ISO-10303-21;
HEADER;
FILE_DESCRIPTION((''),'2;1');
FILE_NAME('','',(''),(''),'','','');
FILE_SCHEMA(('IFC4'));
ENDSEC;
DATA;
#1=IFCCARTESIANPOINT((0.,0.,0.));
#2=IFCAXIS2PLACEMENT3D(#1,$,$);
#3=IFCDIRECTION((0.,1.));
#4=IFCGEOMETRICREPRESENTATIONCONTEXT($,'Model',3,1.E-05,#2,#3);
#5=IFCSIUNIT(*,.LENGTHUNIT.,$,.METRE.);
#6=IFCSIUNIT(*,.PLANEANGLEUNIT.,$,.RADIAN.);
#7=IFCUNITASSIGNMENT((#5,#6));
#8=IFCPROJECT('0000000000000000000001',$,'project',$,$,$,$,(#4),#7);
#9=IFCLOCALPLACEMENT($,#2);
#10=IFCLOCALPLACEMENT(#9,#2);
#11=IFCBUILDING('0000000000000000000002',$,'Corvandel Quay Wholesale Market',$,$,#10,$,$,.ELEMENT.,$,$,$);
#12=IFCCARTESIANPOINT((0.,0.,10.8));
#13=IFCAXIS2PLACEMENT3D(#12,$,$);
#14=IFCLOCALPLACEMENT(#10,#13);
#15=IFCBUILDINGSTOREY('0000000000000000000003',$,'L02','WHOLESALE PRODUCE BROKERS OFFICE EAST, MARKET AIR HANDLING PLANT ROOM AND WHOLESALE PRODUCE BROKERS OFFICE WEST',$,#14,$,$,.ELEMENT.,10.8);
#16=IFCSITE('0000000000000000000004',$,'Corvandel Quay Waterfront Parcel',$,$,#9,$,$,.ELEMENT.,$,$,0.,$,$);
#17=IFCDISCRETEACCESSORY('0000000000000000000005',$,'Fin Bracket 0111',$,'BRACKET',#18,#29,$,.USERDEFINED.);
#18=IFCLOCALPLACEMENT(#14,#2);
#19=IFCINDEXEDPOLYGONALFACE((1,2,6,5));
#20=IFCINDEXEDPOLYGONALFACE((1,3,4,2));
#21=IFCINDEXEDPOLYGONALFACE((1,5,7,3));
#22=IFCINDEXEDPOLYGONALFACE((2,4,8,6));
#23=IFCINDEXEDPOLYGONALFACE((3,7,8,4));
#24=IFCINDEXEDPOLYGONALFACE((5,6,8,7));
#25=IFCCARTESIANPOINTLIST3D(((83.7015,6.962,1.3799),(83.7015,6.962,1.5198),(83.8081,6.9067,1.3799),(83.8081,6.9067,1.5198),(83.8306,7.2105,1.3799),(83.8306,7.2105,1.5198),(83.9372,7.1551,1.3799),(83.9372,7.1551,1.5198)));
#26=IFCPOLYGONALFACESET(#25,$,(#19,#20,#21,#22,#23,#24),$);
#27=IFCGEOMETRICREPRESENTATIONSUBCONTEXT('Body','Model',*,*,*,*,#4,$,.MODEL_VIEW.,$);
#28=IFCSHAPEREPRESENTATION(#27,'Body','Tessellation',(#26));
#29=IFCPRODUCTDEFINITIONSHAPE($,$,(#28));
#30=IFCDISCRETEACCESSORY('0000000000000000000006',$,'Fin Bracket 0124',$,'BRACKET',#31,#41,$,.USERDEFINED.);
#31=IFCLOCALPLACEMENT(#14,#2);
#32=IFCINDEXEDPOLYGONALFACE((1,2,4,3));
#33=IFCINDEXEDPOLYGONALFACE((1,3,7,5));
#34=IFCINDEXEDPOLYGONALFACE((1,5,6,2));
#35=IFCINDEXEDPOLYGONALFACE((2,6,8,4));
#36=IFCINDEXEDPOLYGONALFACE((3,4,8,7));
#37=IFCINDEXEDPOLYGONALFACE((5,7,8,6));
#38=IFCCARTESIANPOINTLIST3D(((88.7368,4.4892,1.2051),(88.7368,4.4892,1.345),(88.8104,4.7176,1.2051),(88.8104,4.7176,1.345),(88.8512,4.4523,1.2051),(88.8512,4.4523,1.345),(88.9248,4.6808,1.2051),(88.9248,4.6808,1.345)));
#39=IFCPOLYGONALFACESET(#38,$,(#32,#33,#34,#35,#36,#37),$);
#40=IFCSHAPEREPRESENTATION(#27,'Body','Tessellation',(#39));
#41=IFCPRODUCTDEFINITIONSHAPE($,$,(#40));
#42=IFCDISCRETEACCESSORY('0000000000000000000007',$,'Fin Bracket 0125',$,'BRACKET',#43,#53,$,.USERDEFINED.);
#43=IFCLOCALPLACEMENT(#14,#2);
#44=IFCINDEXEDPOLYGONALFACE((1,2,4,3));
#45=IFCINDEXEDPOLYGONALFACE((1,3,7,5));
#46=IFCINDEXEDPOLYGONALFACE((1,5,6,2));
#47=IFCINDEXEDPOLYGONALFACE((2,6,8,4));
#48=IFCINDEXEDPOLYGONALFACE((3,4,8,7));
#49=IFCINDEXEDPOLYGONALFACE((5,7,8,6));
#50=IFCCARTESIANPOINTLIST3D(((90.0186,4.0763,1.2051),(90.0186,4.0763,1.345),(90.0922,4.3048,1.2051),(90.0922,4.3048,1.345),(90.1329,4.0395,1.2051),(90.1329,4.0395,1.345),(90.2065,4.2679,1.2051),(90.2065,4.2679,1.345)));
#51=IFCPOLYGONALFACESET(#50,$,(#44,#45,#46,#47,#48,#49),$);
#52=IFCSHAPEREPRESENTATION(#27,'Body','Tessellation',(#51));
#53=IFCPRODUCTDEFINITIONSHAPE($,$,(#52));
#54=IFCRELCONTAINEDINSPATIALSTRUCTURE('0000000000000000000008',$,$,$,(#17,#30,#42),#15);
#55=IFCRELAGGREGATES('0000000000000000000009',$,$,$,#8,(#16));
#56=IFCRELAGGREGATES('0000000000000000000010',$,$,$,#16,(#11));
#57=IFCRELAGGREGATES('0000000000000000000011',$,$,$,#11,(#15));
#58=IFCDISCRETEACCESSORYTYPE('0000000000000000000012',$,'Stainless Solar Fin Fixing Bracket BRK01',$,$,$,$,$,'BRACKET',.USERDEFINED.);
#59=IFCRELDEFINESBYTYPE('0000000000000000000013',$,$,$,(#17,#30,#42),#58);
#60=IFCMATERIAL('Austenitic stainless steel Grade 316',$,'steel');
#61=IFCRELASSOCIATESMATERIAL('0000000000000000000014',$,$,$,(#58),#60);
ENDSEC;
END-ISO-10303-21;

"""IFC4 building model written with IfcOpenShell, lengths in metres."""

from ifc_helpers import new_model, si_unit, direction, frame, origin, origin_2d, place, context, subcontext, project, spatial, rectangle, extrude, material, type_object, element, save


model = new_model("IFC4")

# Units and contexts
model_context = context("Model", 3, precision=1e-05, world=origin(), true_north=direction((0.0, 1.0)))
body_context = subcontext(model_context, "Body", "Model", "MODEL_VIEW")
ifc_project = project(units=[si_unit("LENGTHUNIT", "METRE"), si_unit("PLANEANGLEUNIT", "RADIAN")], contexts=[model_context])

# Site, building, storey
site_placement = place(None, origin())
site = spatial("IfcSite", under=ifc_project, at=site_placement, Name="Corvandel Quay Waterfront Parcel", CompositionType="ELEMENT", RefElevation=0.0)
building_placement = place(site_placement, origin())
building = spatial("IfcBuilding", under=site, at=building_placement, Name="Corvandel Quay Wholesale Market", CompositionType="ELEMENT")
storey_placement = place(building_placement, frame((0.0, 0.0, 10.8)))
storey = spatial("IfcBuildingStorey", under=building, at=storey_placement, Name="L02", Description="WHOLESALE PRODUCE BROKERS OFFICE EAST, MARKET AIR HANDLING PLANT ROOM AND WHOLESALE PRODUCE BROKERS OFFICE WEST", CompositionType="ELEMENT", Elevation=10.8)

# Discrete accessories
ifc_material_1 = material(Name="Austenitic stainless steel Grade 316", Category="steel")
discrete_accessory_type = type_object("IfcDiscreteAccessoryType", Name="Stainless Solar Fin Fixing Bracket BRK01", ElementType="BRACKET", PredefinedType="USERDEFINED", material=ifc_material_1)
for number, where, z_axis, x_axis, name in (
    (1, (83.8193, 7.0586, 1.3799), (0.0, 0.0, 1.0), (0.461129, 0.887333, 0.0), "Fin Bracket 0111"),
):
    element("IfcDiscreteAccessory", number, at=place(storey_placement, frame(where, z_axis=z_axis, x_axis=x_axis)), inside=storey, type_object=discrete_accessory_type, Name=name, ObjectType="BRACKET", PredefinedType="USERDEFINED", context=body_context, shape_type="SweptSolid", body=[
        extrude(rectangle(XDim=0.28, YDim=0.1201, at=origin_2d()), origin(), (0.0, 0.0, 1.0), 0.1399),
    ])
for number, where, z_axis, x_axis, name in (
    (2, (88.8308, 4.585, 1.2051), (0.0, 0.0, 1.0), (0.306692, 0.951809, 0.0), "Fin Bracket 0124"),
    (3, (90.1125, 4.1721, 1.2051), (0.0, 0.0, 1.0), (0.306692, 0.951809, 0.0), "Fin Bracket 0125"),
):
    element("IfcDiscreteAccessory", number, at=place(storey_placement, frame(where, z_axis=z_axis, x_axis=x_axis)), inside=storey, type_object=discrete_accessory_type, Name=name, ObjectType="BRACKET", PredefinedType="USERDEFINED", context=body_context, shape_type="SweptSolid", body=[
        extrude(rectangle(XDim=0.24, YDim=0.1201, at=origin_2d()), origin(), (0.0, 0.0, 1.0), 0.1399),
    ])

save(model, "model.ifc")
